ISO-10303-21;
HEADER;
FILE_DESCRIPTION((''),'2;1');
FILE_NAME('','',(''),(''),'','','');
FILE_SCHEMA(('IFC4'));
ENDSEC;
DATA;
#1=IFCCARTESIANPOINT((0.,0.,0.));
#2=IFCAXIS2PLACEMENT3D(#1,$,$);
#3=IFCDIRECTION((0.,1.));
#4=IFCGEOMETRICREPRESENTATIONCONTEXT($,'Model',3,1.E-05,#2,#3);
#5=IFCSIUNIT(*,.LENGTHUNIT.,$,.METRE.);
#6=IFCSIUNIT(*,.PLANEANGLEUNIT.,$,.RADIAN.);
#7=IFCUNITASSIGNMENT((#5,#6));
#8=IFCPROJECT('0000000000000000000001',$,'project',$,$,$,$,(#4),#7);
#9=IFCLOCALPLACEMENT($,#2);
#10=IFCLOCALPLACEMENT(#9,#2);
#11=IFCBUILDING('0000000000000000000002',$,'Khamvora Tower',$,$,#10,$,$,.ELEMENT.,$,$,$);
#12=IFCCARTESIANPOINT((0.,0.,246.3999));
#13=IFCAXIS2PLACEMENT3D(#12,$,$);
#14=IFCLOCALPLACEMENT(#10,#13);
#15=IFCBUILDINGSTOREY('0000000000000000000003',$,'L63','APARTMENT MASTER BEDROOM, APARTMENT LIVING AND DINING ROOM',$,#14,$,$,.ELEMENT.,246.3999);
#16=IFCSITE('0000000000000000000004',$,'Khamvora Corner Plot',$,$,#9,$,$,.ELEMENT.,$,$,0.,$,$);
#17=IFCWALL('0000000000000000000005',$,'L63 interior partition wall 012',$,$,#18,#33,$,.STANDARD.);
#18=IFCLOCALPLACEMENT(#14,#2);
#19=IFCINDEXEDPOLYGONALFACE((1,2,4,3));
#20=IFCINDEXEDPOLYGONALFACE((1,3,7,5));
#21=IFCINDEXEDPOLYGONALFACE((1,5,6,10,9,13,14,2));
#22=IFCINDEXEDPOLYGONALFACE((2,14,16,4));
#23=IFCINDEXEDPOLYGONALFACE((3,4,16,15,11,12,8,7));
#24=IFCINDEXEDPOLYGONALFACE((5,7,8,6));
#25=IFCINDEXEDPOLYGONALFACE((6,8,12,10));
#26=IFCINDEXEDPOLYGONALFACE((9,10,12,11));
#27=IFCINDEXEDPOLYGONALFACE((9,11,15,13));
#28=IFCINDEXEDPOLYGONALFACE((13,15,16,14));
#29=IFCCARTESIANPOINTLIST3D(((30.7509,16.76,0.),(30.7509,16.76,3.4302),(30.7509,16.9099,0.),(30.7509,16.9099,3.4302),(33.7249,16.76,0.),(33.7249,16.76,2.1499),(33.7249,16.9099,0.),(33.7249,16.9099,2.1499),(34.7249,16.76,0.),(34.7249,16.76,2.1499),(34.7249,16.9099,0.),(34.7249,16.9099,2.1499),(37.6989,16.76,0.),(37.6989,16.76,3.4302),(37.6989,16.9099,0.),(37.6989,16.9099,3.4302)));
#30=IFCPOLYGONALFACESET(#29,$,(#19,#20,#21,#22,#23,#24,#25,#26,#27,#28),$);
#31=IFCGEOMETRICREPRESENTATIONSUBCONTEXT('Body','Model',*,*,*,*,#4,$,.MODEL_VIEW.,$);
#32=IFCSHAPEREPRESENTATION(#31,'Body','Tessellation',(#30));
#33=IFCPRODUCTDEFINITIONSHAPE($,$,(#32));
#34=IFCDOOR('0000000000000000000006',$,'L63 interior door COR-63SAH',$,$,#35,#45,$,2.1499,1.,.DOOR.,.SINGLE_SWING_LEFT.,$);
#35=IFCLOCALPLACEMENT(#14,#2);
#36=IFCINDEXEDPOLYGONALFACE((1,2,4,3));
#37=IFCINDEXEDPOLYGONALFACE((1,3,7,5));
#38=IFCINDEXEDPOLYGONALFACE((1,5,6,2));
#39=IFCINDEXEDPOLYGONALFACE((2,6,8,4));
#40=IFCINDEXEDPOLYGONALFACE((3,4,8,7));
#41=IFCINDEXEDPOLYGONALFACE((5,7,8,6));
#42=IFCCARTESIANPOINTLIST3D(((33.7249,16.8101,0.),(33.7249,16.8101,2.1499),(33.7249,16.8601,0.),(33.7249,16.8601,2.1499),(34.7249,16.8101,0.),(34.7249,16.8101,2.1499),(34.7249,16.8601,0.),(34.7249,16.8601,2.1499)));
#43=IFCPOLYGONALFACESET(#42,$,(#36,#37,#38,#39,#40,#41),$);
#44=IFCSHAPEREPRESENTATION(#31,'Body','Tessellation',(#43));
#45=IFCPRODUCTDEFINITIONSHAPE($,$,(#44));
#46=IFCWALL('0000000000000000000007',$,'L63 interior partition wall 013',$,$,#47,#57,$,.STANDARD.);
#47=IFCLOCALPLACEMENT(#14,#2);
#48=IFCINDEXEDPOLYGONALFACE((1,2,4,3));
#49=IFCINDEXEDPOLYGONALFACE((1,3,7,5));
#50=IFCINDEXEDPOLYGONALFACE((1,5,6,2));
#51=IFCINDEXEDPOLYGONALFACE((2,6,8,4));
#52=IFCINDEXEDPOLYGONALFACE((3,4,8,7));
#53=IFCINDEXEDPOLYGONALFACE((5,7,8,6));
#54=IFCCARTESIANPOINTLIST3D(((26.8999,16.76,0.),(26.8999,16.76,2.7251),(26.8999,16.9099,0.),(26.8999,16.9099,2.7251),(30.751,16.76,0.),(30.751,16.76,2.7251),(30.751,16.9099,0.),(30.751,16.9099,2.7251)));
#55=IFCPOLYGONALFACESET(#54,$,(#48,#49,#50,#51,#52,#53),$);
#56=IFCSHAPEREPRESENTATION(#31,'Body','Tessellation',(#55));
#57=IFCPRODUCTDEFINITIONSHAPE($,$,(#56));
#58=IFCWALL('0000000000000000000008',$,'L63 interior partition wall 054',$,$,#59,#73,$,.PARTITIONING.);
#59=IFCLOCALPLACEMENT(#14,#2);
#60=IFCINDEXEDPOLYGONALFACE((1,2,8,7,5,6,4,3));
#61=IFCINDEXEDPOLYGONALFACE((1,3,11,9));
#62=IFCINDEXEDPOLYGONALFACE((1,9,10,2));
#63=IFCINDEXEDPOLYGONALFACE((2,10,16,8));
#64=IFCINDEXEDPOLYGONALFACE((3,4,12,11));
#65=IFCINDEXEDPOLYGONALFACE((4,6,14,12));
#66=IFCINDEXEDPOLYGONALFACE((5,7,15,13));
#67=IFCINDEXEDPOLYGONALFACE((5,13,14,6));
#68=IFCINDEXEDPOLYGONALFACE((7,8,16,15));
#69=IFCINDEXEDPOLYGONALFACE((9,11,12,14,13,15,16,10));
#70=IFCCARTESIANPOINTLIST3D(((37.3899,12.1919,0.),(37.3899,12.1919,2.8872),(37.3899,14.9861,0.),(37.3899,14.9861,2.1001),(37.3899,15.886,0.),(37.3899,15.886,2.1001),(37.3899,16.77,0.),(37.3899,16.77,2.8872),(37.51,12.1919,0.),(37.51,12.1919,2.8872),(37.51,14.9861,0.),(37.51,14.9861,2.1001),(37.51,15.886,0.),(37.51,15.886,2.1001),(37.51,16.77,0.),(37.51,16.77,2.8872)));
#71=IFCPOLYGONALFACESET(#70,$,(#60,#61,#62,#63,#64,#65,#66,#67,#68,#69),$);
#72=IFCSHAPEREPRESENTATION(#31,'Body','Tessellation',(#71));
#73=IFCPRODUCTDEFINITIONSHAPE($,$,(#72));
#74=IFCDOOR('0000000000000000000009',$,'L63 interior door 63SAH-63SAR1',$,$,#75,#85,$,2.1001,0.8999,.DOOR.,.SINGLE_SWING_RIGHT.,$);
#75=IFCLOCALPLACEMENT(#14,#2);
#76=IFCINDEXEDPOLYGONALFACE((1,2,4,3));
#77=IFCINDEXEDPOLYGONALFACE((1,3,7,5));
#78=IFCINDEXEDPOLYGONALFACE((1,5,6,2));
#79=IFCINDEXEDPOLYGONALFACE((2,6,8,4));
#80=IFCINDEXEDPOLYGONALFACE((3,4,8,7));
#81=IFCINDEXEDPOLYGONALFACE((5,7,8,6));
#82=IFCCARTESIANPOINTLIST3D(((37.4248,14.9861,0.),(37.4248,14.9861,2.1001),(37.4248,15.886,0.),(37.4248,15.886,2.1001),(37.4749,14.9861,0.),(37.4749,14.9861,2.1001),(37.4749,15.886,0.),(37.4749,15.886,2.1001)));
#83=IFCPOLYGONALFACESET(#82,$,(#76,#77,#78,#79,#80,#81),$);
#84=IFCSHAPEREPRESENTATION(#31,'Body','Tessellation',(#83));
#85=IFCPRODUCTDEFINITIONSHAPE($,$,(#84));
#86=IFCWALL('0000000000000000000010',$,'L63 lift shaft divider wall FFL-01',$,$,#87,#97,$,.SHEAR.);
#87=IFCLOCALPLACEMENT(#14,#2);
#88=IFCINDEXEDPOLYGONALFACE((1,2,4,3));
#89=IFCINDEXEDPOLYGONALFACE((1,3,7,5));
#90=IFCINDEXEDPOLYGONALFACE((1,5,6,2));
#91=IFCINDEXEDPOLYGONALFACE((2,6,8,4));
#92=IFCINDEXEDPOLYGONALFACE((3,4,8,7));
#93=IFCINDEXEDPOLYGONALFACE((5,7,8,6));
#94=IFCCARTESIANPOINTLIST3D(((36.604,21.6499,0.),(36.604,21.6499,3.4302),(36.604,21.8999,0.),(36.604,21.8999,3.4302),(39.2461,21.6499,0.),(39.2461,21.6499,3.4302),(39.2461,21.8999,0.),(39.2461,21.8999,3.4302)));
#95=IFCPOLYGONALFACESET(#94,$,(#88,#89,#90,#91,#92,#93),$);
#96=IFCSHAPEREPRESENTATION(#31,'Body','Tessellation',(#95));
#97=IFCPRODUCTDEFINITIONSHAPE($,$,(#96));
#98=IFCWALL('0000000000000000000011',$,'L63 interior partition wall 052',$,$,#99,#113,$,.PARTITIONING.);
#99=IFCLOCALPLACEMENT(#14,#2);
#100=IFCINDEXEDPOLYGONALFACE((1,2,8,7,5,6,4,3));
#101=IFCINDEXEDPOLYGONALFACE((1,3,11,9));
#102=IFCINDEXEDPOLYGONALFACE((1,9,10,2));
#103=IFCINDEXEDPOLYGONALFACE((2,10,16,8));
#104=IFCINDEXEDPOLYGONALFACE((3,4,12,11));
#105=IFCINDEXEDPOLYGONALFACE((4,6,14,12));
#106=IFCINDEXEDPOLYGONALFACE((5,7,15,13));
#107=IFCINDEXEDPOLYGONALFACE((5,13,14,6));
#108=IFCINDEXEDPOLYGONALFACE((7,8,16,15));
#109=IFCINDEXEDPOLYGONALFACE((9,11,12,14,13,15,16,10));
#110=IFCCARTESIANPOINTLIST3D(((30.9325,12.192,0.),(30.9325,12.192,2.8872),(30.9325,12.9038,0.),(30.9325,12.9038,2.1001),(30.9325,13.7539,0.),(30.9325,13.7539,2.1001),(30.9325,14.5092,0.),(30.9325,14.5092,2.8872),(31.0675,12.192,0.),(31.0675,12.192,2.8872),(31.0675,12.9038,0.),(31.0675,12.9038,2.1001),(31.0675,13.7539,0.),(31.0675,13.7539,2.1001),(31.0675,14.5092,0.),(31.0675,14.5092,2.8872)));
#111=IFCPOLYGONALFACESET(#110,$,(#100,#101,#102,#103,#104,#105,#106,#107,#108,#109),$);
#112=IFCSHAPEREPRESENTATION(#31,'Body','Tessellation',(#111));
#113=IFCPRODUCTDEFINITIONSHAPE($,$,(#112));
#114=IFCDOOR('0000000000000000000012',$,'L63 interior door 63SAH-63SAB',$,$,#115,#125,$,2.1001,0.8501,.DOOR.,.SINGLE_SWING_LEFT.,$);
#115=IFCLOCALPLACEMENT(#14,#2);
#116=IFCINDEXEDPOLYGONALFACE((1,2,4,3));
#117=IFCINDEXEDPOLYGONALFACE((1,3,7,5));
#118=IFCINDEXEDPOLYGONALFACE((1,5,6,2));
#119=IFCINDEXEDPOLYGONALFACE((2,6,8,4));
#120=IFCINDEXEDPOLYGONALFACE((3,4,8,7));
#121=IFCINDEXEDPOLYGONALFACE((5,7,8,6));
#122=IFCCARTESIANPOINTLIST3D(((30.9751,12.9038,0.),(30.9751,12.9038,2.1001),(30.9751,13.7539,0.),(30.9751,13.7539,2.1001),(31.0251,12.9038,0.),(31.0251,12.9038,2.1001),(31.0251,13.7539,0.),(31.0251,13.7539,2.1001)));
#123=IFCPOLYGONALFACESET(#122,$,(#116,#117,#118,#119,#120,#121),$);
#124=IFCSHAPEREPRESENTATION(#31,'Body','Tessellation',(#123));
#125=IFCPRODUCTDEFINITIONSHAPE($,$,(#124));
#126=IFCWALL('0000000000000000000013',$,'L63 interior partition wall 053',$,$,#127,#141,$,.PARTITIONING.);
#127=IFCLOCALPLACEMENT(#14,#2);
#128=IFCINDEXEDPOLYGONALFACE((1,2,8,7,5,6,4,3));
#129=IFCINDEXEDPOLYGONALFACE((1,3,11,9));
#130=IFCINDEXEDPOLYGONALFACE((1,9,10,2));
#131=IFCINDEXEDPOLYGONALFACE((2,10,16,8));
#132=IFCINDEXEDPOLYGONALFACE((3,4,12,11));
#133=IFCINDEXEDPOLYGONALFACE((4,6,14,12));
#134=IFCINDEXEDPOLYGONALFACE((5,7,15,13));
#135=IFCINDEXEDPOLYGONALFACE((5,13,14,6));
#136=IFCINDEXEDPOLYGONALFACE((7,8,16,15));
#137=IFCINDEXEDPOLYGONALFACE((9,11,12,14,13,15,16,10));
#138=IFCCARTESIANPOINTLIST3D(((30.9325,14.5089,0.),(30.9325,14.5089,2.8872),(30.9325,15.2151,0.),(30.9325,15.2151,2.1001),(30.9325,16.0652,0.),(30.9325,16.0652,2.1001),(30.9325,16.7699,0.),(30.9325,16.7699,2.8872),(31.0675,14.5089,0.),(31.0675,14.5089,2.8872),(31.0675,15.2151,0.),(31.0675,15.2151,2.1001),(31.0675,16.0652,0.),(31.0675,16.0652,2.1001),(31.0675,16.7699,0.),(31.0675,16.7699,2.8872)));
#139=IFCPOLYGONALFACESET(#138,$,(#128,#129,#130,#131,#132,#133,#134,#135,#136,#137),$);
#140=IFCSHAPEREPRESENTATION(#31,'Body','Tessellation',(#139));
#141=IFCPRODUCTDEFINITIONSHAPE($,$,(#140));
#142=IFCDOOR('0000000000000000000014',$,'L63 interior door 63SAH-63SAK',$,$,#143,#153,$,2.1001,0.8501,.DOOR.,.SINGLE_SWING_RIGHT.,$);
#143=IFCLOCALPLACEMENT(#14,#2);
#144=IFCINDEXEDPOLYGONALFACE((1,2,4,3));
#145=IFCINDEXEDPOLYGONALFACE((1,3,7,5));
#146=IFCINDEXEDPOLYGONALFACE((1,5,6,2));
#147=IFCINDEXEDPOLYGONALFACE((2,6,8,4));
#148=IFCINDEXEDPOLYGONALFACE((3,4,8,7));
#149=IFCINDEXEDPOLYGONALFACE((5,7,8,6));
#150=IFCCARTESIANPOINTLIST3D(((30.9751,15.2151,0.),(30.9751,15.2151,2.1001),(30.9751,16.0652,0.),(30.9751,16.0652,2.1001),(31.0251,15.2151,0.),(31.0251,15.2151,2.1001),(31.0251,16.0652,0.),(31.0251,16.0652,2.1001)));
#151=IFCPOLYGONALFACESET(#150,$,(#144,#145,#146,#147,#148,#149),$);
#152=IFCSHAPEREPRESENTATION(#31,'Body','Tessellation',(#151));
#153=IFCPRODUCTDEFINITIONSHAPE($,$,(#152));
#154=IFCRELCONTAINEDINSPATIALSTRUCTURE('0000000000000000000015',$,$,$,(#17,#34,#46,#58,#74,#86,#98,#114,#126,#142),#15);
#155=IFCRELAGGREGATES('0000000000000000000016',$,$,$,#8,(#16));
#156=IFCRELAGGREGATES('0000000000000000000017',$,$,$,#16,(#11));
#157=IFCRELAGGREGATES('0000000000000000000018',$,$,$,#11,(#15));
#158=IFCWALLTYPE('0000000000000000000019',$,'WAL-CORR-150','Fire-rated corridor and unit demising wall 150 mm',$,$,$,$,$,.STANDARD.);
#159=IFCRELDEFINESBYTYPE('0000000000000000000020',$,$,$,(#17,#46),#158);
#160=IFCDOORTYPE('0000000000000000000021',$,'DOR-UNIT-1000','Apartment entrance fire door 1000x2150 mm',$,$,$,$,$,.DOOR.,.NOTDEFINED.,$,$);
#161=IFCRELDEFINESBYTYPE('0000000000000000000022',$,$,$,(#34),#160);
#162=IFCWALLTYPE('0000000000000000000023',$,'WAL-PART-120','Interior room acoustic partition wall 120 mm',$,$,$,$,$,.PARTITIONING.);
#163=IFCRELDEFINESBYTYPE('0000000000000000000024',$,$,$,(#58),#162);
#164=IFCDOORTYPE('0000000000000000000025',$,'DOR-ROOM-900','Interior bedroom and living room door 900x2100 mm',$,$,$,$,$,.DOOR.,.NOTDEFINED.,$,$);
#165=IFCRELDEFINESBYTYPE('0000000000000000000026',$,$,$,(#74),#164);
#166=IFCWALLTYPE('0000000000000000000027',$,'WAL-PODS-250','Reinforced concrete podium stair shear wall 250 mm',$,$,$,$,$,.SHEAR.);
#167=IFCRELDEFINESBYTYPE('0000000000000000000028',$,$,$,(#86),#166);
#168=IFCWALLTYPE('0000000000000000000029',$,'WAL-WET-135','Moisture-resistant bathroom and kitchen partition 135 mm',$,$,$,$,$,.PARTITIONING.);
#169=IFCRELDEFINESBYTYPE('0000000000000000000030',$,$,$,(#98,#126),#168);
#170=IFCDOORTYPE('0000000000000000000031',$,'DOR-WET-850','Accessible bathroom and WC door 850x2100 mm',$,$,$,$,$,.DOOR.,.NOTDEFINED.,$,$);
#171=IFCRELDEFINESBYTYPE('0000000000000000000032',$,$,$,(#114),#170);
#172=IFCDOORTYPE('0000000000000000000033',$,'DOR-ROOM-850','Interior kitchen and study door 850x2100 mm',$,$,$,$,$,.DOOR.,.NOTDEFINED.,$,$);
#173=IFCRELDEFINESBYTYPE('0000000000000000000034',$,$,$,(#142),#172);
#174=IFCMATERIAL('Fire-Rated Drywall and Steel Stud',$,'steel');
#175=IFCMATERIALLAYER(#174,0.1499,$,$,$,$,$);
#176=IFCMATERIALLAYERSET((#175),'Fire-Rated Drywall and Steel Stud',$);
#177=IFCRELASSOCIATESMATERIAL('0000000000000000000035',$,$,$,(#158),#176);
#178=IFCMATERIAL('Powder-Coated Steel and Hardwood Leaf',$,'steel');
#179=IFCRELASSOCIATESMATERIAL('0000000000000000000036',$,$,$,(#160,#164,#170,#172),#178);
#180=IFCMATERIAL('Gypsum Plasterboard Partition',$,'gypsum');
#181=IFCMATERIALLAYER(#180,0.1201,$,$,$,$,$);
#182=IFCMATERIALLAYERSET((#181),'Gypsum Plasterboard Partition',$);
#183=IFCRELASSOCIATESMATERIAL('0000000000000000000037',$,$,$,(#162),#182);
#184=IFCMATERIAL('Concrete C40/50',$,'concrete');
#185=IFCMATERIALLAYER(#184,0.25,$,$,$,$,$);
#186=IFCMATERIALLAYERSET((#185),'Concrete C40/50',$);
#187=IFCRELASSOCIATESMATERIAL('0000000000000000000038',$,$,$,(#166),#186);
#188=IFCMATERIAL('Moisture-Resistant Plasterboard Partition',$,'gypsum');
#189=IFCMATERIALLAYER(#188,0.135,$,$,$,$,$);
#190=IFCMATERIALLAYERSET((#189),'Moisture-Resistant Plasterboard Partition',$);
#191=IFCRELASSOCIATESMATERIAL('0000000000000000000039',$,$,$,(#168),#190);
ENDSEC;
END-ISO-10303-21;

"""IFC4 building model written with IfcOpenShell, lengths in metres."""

from ifc_helpers import new_model, si_unit, direction, frame, frame_2d, origin, place, context, subcontext, project, spatial, rectangle, extrude, material, layer, layer_set, type_object, element, fill, save


model = new_model("IFC4")

# Units and contexts
model_context = context("Model", 3, precision=1e-05, world=origin(), true_north=direction((0.0, 1.0)))
body_context = subcontext(model_context, "Body", "Model", "MODEL_VIEW")
ifc_project = project(units=[si_unit("LENGTHUNIT", "METRE"), si_unit("PLANEANGLEUNIT", "RADIAN")], contexts=[model_context])

# Site, building, storey
site_placement = place(None, origin())
site = spatial("IfcSite", under=ifc_project, at=site_placement, Name="Khamvora Corner Plot", CompositionType="ELEMENT", RefElevation=0.0)
building_placement = place(site_placement, origin())
building = spatial("IfcBuilding", under=site, at=building_placement, Name="Khamvora Tower", CompositionType="ELEMENT")
storey_placement = place(building_placement, frame((0.0, 0.0, 246.3999)))
storey = spatial("IfcBuildingStorey", under=building, at=storey_placement, Name="L63", Description="APARTMENT MASTER BEDROOM, APARTMENT LIVING AND DINING ROOM", CompositionType="ELEMENT", Elevation=246.3999)

# Shared definitions
ifc_material_1 = material(Name="Powder-Coated Steel and Hardwood Leaf", Category="steel")

# Wall, opening, door
ifc_material_2 = material(Name="Fire-Rated Drywall and Steel Stud", Category="steel")
ifc_layer_1 = layer(ifc_material_2, 0.1499)
ifc_layer_set_1 = layer_set([ifc_layer_1], Name="Fire-Rated Drywall and Steel Stud")
wall_type_1 = type_object("IfcWallType", Name="WAL-CORR-150", Description="Fire-rated corridor and unit demising wall 150 mm", PredefinedType="STANDARD", material=ifc_layer_set_1)
wall_1_placement = place(storey_placement, frame((37.699, 16.835, 0.0), z_axis=(0.0, 0.0, 1.0), x_axis=(-1.0, 0.0, 0.0)))
wall_1 = element("IfcWall", 1, at=wall_1_placement, inside=storey, type_object=wall_type_1, Name="L63 interior partition wall 012", PredefinedType="STANDARD", context=body_context, shape_type="SweptSolid", body=[
    extrude(rectangle(XDim=6.948, YDim=0.1499, at=frame_2d((3.4741, 0.0))), origin(), (0.0, 0.0, 1.0), 3.4302),
])
opening_1_placement = place(wall_1_placement, frame((2.9741, 0.0, 0.0)))
opening_1 = element("IfcOpeningElement", 2, at=opening_1_placement, cuts=wall_1, PredefinedType="OPENING", context=body_context, shape_type="SweptSolid", body=[
    extrude(rectangle(XDim=1.0, YDim=2.1499, at=frame_2d((0.5, 1.075))), frame((0.0, 0.085, 0.0), z_axis=(0.0, -1.0, 0.0), x_axis=(1.0, 0.0, 0.0)), (0.0, 0.0, 1.0), 0.1699),
])
door_type_1 = type_object("IfcDoorType", Name="DOR-UNIT-1000", Description="Apartment entrance fire door 1000x2150 mm", OperationType="NOTDEFINED", PredefinedType="DOOR", material=ifc_material_1)
door_1_placement = place(opening_1_placement, origin())
door_1 = element("IfcDoor", 3, at=door_1_placement, inside=storey, type_object=door_type_1, Name="L63 interior door COR-63SAH", OperationType="SINGLE_SWING_LEFT", OverallHeight=2.1499, OverallWidth=1.0, PredefinedType="DOOR", context=body_context, shape_type="SweptSolid", body=[
    extrude(rectangle(XDim=1.0, YDim=2.1499, at=frame_2d((0.5, 1.075))), frame((0.0, 0.0249, 0.0), z_axis=(0.0, -1.0, 0.0), x_axis=(1.0, 0.0, 0.0)), (0.0, 0.0, 1.0), 0.05),
])
fill(opening_1, door_1)

# Wall
wall_2_placement = place(storey_placement, frame((30.751, 16.835, 0.0), z_axis=(0.0, 0.0, 1.0), x_axis=(-1.0, 0.0, 0.0)))
element("IfcWall", 4, at=wall_2_placement, inside=storey, type_object=wall_type_1, Name="L63 interior partition wall 013", PredefinedType="STANDARD", context=body_context, shape_type="SweptSolid", body=[
    extrude(rectangle(XDim=3.8511, YDim=0.1499, at=frame_2d((1.9255, 0.0))), origin(), (0.0, 0.0, 1.0), 2.7251),
])

# Wall, opening, door
ifc_material_3 = material(Name="Gypsum Plasterboard Partition", Category="gypsum")
ifc_layer_2 = layer(ifc_material_3, 0.1201)
ifc_layer_set_2 = layer_set([ifc_layer_2], Name="Gypsum Plasterboard Partition")
wall_type_2 = type_object("IfcWallType", Name="WAL-PART-120", Description="Interior room acoustic partition wall 120 mm", PredefinedType="PARTITIONING", material=ifc_layer_set_2)
wall_3_placement = place(storey_placement, frame((37.45, 16.77, 0.0), z_axis=(0.0, 0.0, 1.0), x_axis=(0.0, -1.0, 0.0)))
wall_3 = element("IfcWall", 5, at=wall_3_placement, inside=storey, type_object=wall_type_2, Name="L63 interior partition wall 054", PredefinedType="PARTITIONING", context=body_context, shape_type="SweptSolid", body=[
    extrude(rectangle(XDim=4.5781, YDim=0.1201, at=frame_2d((2.2891, 0.0))), origin(), (0.0, 0.0, 1.0), 2.8872),
])
opening_2_placement = place(wall_3_placement, frame((0.884, 0.0, 0.0)))
opening_2 = element("IfcOpeningElement", 6, at=opening_2_placement, cuts=wall_3, PredefinedType="OPENING", context=body_context, shape_type="SweptSolid", body=[
    extrude(rectangle(XDim=0.8999, YDim=2.1001, at=frame_2d((0.45, 1.05))), frame((0.0, 0.0701, 0.0), z_axis=(0.0, -1.0, 0.0), x_axis=(1.0, 0.0, 0.0)), (0.0, 0.0, 1.0), 0.1401),
])
door_type_2 = type_object("IfcDoorType", Name="DOR-ROOM-900", Description="Interior bedroom and living room door 900x2100 mm", OperationType="NOTDEFINED", PredefinedType="DOOR", material=ifc_material_1)
door_2_placement = place(opening_2_placement, origin())
door_2 = element("IfcDoor", 7, at=door_2_placement, inside=storey, type_object=door_type_2, Name="L63 interior door 63SAH-63SAR1", OperationType="SINGLE_SWING_RIGHT", OverallHeight=2.1001, OverallWidth=0.8999, PredefinedType="DOOR", context=body_context, shape_type="SweptSolid", body=[
    extrude(rectangle(XDim=0.8999, YDim=2.1001, at=frame_2d((0.45, 1.05))), frame((0.0, 0.0249, 0.0), z_axis=(0.0, -1.0, 0.0), x_axis=(1.0, 0.0, 0.0)), (0.0, 0.0, 1.0), 0.05),
])
fill(opening_2, door_2)

# Wall
ifc_material_4 = material(Name="Concrete C40/50", Category="concrete")
ifc_layer_3 = layer(ifc_material_4, 0.25)
ifc_layer_set_3 = layer_set([ifc_layer_3], Name="Concrete C40/50")
wall_type_3 = type_object("IfcWallType", Name="WAL-PODS-250", Description="Reinforced concrete podium stair shear wall 250 mm", PredefinedType="SHEAR", material=ifc_layer_set_3)
wall_4_placement = place(storey_placement, frame((36.604, 21.7749, 0.0), z_axis=(0.0, 0.0, 1.0), x_axis=(1.0, 0.0, 0.0)))
element("IfcWall", 8, at=wall_4_placement, inside=storey, type_object=wall_type_3, Name="L63 lift shaft divider wall FFL-01", PredefinedType="SHEAR", context=body_context, shape_type="SweptSolid", body=[
    extrude(rectangle(XDim=2.6421, YDim=0.25, at=frame_2d((1.321, 0.0))), origin(), (0.0, 0.0, 1.0), 3.4302),
])

# Walls, openings, doors
ifc_material_5 = material(Name="Moisture-Resistant Plasterboard Partition", Category="gypsum")
ifc_layer_4 = layer(ifc_material_5, 0.135)
ifc_layer_set_4 = layer_set([ifc_layer_4], Name="Moisture-Resistant Plasterboard Partition")
wall_type_4 = type_object("IfcWallType", Name="WAL-WET-135", Description="Moisture-resistant bathroom and kitchen partition 135 mm", PredefinedType="PARTITIONING", material=ifc_layer_set_4)
wall_5_placement = place(storey_placement, frame((31.0, 12.1919, 0.0), z_axis=(0.0, 0.0, 1.0), x_axis=(0.0, 1.0, 0.0)))
wall_5 = element("IfcWall", 9, at=wall_5_placement, inside=storey, type_object=wall_type_4, Name="L63 interior partition wall 052", PredefinedType="PARTITIONING", context=body_context, shape_type="SweptSolid", body=[
    extrude(rectangle(XDim=2.3171, YDim=0.135, at=frame_2d((1.1587, 0.0))), origin(), (0.0, 0.0, 1.0), 2.8872),
])
opening_3_placement = place(wall_5_placement, frame((0.7119, 0.0, 0.0)))
opening_3 = element("IfcOpeningElement", 10, at=opening_3_placement, cuts=wall_5, PredefinedType="OPENING", context=body_context, shape_type="SweptSolid", body=[
    extrude(rectangle(XDim=0.8501, YDim=2.1001, at=frame_2d((0.425, 1.05))), frame((0.0, 0.0774, 0.0), z_axis=(0.0, -1.0, 0.0), x_axis=(1.0, 0.0, 0.0)), (0.0, 0.0, 1.0), 0.155),
])
door_type_3 = type_object("IfcDoorType", Name="DOR-WET-850", Description="Accessible bathroom and WC door 850x2100 mm", OperationType="NOTDEFINED", PredefinedType="DOOR", material=ifc_material_1)
door_3_placement = place(opening_3_placement, origin())
door_3 = element("IfcDoor", 11, at=door_3_placement, inside=storey, type_object=door_type_3, Name="L63 interior door 63SAH-63SAB", OperationType="SINGLE_SWING_LEFT", OverallHeight=2.1001, OverallWidth=0.8501, PredefinedType="DOOR", context=body_context, shape_type="SweptSolid", body=[
    extrude(rectangle(XDim=0.8501, YDim=2.1001, at=frame_2d((0.425, 1.05))), frame((0.0, 0.0249, 0.0), z_axis=(0.0, -1.0, 0.0), x_axis=(1.0, 0.0, 0.0)), (0.0, 0.0, 1.0), 0.05),
])
fill(opening_3, door_3)
wall_6_placement = place(storey_placement, frame((31.0, 14.509, 0.0), z_axis=(0.0, 0.0, 1.0), x_axis=(0.0, 1.0, 0.0)))
wall_6 = element("IfcWall", 12, at=wall_6_placement, inside=storey, type_object=wall_type_4, Name="L63 interior partition wall 053", PredefinedType="PARTITIONING", context=body_context, shape_type="SweptSolid", body=[
    extrude(rectangle(XDim=2.261, YDim=0.135, at=frame_2d((1.1304, 0.0))), origin(), (0.0, 0.0, 1.0), 2.8872),
])
opening_4_placement = place(wall_6_placement, frame((0.7061, 0.0, 0.0)))
opening_4 = element("IfcOpeningElement", 13, at=opening_4_placement, cuts=wall_6, PredefinedType="OPENING", context=body_context, shape_type="SweptSolid", body=[
    extrude(rectangle(XDim=0.8501, YDim=2.1001, at=frame_2d((0.425, 1.05))), frame((0.0, 0.0774, 0.0), z_axis=(0.0, -1.0, 0.0), x_axis=(1.0, 0.0, 0.0)), (0.0, 0.0, 1.0), 0.155),
])
door_type_4 = type_object("IfcDoorType", Name="DOR-ROOM-850", Description="Interior kitchen and study door 850x2100 mm", OperationType="NOTDEFINED", PredefinedType="DOOR", material=ifc_material_1)
door_4_placement = place(opening_4_placement, origin())
door_4 = element("IfcDoor", 14, at=door_4_placement, inside=storey, type_object=door_type_4, Name="L63 interior door 63SAH-63SAK", OperationType="SINGLE_SWING_RIGHT", OverallHeight=2.1001, OverallWidth=0.8501, PredefinedType="DOOR", context=body_context, shape_type="SweptSolid", body=[
    extrude(rectangle(XDim=0.8501, YDim=2.1001, at=frame_2d((0.425, 1.05))), frame((0.0, 0.0249, 0.0), z_axis=(0.0, -1.0, 0.0), x_axis=(1.0, 0.0, 0.0)), (0.0, 0.0, 1.0), 0.05),
])
fill(opening_4, door_4)

save(model, "model.ifc")
